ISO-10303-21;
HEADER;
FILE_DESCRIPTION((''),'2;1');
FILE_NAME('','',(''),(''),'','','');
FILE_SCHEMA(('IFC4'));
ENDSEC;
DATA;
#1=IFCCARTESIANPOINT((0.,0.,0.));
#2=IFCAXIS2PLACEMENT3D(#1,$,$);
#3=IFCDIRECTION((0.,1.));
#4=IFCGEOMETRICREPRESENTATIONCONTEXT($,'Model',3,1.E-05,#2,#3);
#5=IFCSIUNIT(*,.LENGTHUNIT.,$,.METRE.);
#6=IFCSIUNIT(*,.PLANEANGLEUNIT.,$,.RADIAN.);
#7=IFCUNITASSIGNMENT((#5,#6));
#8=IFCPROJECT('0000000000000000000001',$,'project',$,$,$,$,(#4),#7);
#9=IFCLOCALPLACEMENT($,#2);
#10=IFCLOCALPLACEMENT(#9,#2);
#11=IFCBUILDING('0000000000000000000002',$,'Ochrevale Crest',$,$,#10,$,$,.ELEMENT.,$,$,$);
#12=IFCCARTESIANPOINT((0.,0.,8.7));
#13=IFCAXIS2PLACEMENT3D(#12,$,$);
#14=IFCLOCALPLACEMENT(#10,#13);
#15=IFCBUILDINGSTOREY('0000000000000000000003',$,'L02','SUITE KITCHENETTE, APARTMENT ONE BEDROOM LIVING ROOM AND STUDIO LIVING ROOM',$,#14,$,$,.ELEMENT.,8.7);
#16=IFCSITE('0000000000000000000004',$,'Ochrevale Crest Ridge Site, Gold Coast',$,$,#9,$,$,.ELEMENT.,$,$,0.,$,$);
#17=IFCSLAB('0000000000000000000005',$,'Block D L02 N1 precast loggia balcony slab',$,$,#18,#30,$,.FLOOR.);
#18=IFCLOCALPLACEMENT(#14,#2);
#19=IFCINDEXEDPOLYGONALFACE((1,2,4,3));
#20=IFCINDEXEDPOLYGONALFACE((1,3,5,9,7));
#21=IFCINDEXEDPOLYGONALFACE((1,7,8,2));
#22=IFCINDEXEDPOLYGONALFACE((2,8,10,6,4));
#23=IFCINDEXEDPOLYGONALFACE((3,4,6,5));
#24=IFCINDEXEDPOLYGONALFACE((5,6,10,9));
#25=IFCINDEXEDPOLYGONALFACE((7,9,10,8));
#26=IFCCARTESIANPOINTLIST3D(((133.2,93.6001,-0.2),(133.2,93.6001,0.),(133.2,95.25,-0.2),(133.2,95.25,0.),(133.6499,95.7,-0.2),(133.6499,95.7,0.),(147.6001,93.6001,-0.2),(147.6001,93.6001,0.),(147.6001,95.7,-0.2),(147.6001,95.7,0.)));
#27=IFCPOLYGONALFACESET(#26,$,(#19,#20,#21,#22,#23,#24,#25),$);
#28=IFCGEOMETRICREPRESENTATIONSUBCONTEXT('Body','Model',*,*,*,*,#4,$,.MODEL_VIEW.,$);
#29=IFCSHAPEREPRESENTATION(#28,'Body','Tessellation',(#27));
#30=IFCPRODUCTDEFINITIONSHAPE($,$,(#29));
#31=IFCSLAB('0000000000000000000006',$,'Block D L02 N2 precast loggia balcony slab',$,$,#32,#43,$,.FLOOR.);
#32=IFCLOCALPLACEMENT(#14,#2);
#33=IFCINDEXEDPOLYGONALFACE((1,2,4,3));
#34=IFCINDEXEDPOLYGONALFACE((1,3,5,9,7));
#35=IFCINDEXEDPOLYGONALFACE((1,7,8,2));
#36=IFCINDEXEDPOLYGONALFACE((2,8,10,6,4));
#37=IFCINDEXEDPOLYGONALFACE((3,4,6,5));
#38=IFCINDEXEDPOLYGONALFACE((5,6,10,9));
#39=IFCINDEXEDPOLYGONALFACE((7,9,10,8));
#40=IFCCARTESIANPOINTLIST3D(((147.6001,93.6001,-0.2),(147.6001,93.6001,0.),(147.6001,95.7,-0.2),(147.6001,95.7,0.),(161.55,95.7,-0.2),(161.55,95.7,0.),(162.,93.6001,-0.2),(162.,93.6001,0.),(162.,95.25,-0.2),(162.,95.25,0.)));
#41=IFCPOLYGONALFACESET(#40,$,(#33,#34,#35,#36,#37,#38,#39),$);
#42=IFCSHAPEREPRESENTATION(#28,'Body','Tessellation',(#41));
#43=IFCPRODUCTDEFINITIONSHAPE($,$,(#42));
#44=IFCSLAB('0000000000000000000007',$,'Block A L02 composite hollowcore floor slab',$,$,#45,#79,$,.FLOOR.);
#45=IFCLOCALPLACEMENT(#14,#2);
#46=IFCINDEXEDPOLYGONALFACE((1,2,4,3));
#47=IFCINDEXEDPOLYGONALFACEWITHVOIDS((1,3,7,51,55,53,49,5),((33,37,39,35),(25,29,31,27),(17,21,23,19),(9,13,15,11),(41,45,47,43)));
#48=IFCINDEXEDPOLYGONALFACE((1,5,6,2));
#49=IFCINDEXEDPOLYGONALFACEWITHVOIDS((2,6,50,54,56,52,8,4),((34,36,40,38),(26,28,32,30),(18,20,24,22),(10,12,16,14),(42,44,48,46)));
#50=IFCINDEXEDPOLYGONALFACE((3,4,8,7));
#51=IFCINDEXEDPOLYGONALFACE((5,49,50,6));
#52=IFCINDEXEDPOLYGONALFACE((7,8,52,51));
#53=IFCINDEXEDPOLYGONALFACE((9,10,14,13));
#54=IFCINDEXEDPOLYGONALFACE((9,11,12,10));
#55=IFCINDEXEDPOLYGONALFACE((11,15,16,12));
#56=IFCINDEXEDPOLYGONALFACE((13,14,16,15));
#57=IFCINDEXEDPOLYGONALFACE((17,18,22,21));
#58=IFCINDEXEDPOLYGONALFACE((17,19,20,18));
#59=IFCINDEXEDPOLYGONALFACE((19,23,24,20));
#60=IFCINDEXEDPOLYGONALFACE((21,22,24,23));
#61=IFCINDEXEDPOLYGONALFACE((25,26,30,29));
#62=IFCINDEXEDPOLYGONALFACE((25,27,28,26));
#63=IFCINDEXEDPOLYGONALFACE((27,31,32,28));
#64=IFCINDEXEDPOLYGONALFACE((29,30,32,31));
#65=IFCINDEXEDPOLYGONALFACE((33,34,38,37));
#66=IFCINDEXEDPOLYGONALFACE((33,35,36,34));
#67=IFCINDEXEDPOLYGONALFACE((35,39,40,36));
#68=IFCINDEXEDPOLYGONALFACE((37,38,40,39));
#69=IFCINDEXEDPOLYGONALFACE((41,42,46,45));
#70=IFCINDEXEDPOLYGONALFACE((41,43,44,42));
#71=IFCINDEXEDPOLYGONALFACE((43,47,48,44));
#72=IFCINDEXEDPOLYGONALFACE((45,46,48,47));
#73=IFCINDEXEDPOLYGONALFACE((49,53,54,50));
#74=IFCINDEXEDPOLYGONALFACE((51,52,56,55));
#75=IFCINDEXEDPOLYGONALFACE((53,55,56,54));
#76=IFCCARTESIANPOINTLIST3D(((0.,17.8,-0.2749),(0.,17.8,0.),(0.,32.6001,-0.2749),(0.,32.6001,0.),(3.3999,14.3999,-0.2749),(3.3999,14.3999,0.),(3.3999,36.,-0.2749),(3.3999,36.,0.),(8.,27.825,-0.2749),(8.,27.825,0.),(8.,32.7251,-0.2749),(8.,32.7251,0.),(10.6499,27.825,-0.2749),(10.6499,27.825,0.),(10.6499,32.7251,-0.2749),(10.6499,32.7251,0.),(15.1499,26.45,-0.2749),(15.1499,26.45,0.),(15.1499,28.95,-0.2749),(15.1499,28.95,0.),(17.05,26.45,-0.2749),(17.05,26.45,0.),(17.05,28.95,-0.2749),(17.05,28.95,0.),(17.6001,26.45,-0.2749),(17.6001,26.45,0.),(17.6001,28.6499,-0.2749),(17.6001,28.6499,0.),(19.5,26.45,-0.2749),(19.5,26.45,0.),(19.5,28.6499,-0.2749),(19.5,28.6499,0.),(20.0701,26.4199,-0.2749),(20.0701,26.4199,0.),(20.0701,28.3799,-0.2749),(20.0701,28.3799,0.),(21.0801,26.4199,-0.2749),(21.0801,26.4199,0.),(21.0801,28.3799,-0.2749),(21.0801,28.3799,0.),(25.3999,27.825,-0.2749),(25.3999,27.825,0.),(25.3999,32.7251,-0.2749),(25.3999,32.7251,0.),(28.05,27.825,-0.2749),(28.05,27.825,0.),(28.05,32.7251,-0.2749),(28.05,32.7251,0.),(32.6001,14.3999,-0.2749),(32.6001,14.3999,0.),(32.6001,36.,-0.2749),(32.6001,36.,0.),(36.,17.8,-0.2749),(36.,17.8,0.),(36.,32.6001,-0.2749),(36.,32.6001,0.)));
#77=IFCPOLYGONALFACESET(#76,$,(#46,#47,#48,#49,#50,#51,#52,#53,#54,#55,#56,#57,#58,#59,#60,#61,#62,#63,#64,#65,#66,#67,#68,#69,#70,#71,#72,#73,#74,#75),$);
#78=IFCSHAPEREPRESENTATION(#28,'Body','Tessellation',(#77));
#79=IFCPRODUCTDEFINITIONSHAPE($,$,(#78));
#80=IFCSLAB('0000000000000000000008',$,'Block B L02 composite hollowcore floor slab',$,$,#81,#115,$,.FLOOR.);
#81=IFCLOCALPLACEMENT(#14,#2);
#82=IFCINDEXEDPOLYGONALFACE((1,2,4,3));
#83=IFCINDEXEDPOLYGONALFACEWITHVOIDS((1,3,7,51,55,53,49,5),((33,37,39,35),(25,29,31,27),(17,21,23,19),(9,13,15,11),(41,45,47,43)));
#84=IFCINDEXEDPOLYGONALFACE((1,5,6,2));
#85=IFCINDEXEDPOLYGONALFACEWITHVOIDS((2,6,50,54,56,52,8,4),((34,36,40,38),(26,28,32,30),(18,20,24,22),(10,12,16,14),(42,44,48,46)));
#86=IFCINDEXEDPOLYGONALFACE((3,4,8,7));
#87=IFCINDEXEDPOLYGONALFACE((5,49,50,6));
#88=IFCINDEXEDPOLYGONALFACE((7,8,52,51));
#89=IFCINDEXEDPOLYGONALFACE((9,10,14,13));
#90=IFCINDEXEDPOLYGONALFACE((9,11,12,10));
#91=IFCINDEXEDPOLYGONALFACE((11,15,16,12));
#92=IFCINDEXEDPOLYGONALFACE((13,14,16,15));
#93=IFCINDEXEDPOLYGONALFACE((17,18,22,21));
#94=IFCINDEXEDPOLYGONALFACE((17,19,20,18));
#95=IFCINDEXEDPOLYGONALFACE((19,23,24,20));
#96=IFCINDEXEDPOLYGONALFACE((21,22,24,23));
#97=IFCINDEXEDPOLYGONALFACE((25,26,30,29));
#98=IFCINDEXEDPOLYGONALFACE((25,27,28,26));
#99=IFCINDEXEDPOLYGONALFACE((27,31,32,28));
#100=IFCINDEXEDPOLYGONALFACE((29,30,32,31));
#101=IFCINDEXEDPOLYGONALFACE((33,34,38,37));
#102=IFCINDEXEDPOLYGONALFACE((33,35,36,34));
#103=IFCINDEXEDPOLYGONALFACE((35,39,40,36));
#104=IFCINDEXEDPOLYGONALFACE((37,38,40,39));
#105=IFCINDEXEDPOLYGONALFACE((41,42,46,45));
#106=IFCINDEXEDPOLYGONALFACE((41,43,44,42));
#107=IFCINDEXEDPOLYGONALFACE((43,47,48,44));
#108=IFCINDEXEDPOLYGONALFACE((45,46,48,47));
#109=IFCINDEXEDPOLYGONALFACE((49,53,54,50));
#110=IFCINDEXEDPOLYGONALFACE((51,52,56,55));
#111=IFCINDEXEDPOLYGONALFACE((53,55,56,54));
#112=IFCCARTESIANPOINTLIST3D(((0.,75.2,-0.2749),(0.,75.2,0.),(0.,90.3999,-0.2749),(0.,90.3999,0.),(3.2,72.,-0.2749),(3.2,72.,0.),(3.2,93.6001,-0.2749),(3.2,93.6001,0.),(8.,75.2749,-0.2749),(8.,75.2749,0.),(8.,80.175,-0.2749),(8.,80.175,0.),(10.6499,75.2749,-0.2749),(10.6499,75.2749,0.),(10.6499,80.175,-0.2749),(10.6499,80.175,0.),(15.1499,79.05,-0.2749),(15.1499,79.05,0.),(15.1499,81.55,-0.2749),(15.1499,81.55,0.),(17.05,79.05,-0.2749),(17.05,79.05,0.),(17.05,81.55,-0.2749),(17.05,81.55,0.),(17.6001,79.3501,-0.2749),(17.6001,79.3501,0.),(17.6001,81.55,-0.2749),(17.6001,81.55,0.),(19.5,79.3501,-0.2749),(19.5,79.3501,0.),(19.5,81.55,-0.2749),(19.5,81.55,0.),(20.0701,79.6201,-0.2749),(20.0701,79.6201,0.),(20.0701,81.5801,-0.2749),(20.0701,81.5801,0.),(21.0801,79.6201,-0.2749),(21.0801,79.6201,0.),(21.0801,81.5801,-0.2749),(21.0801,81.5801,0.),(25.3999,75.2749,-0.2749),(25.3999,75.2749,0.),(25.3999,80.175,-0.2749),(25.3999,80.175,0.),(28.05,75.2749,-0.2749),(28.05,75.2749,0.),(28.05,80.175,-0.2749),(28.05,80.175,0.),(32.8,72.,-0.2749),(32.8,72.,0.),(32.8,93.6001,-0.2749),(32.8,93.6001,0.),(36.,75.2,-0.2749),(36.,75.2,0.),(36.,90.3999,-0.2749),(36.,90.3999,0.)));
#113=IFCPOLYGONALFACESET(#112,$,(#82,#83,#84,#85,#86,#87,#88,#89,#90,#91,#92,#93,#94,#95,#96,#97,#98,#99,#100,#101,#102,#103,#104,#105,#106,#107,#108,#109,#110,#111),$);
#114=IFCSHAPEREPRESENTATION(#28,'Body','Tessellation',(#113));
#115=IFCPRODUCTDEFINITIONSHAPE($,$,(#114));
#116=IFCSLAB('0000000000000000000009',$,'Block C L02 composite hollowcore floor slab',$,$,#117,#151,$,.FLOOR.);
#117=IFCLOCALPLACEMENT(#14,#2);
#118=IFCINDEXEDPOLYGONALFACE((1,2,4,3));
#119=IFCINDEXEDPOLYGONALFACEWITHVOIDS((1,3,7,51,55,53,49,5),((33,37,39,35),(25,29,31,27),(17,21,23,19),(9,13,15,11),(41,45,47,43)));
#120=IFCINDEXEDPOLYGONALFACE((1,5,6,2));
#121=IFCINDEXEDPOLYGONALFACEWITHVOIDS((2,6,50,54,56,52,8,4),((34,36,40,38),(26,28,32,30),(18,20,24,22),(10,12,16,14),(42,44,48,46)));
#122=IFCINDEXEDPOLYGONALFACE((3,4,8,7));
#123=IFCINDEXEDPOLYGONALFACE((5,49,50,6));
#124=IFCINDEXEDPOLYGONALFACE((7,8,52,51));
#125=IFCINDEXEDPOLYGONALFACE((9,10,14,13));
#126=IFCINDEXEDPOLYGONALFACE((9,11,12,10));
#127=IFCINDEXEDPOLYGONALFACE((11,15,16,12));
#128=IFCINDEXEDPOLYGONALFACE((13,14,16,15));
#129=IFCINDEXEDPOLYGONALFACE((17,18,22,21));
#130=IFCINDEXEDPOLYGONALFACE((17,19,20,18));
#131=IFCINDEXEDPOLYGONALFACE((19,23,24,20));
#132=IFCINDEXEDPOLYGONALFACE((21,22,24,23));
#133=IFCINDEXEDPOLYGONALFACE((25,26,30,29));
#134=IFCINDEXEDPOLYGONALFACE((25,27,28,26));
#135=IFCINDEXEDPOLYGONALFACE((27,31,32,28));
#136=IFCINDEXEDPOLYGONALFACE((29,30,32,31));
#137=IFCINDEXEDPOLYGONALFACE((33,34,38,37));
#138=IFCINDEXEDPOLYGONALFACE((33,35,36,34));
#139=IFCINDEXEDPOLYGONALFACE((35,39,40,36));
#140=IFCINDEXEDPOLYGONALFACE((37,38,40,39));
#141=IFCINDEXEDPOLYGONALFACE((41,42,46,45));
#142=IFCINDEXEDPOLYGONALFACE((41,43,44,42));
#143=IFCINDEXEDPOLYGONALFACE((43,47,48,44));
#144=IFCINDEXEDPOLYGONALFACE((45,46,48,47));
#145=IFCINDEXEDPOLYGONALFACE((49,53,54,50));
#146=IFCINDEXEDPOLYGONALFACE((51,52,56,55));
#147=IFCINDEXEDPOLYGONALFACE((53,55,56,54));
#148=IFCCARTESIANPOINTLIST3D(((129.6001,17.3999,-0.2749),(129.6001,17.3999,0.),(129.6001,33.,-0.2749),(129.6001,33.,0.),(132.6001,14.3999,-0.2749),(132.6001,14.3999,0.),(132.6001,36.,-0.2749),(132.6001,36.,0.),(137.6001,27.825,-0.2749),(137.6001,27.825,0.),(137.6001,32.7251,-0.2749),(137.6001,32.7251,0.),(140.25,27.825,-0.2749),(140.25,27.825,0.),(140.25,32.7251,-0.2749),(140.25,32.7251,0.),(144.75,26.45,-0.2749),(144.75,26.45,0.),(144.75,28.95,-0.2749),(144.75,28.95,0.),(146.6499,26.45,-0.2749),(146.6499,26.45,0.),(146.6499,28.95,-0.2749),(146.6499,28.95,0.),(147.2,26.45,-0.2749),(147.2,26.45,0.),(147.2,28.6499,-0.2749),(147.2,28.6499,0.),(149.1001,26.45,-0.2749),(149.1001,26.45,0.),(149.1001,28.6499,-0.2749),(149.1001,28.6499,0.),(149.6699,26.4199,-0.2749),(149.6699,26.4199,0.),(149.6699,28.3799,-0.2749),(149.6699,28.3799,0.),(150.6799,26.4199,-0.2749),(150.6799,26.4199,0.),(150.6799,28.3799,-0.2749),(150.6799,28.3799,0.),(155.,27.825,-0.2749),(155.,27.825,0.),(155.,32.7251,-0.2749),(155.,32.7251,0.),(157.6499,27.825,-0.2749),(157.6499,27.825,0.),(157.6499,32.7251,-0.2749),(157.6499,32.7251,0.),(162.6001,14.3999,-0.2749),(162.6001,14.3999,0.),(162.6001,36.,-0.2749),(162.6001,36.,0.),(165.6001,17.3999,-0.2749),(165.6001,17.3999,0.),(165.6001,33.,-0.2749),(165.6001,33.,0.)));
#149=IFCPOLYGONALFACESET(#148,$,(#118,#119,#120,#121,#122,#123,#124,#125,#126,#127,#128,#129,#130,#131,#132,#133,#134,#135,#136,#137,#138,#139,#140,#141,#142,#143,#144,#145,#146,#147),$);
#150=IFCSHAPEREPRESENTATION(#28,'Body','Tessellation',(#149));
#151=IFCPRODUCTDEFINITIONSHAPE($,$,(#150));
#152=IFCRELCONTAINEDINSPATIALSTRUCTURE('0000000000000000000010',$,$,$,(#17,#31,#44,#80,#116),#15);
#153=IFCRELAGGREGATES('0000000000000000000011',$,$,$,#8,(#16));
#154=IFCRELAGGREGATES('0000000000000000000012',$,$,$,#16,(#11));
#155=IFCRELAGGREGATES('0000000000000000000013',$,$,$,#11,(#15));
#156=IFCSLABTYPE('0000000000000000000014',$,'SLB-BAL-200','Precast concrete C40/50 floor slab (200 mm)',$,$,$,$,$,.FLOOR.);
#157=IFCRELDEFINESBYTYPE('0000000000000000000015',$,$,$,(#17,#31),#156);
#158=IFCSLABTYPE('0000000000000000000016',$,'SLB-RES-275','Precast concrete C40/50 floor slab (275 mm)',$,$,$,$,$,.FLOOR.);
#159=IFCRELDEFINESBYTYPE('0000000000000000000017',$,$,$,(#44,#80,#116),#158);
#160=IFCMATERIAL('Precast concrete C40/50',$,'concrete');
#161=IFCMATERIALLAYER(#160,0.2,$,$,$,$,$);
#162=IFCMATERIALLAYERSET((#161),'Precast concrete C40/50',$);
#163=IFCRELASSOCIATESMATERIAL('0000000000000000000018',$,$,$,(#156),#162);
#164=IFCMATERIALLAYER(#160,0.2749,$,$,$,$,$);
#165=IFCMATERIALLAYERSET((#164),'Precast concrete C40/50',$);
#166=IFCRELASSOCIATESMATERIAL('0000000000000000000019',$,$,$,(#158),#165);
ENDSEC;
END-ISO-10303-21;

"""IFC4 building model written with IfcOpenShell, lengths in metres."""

from ifc_helpers import new_model, si_unit, direction, frame, origin, place, context, subcontext, project, spatial, polyline, outline, extrude, material, layer, layer_set, type_object, element, save


model = new_model("IFC4")

# Units and contexts
model_context = context("Model", 3, precision=1e-05, world=origin(), true_north=direction((0.0, 1.0)))
body_context = subcontext(model_context, "Body", "Model", "MODEL_VIEW")
ifc_project = project(units=[si_unit("LENGTHUNIT", "METRE"), si_unit("PLANEANGLEUNIT", "RADIAN")], contexts=[model_context])

# Site, building, storey
site_placement = place(None, origin())
site = spatial("IfcSite", under=ifc_project, at=site_placement, Name="Ochrevale Crest Ridge Site, Gold Coast", CompositionType="ELEMENT", RefElevation=0.0)
building_placement = place(site_placement, origin())
building = spatial("IfcBuilding", under=site, at=building_placement, Name="Ochrevale Crest", CompositionType="ELEMENT")
storey_placement = place(building_placement, frame((0.0, 0.0, 8.7)))
storey = spatial("IfcBuildingStorey", under=building, at=storey_placement, Name="L02", Description="SUITE KITCHENETTE, APARTMENT ONE BEDROOM LIVING ROOM AND STUDIO LIVING ROOM", CompositionType="ELEMENT", Elevation=8.7)

# Slabs
ifc_material_1 = material(Name="Precast concrete C40/50", Category="concrete")
ifc_layer_1 = layer(ifc_material_1, 0.2)
ifc_layer_set_1 = layer_set([ifc_layer_1], Name="Precast concrete C40/50")
slab_type_1 = type_object("IfcSlabType", Name="SLB-BAL-200", Description="Precast concrete C40/50 floor slab (200 mm)", PredefinedType="FLOOR", material=ifc_layer_set_1)
slab_1_placement = place(storey_placement, frame((0.0, 0.0, -0.2)))
element("IfcSlab", 1, at=slab_1_placement, inside=storey, type_object=slab_type_1, Name="Block D L02 N1 precast loggia balcony slab", PredefinedType="FLOOR", context=body_context, shape_type="SweptSolid", body=[
    extrude(outline(polyline([(133.2, 93.6001), (147.6001, 93.6001), (147.6001, 95.7), (133.6499, 95.7), (133.2, 95.25), (133.2, 93.6001)])), origin(), (0.0, 0.0, 1.0), 0.2),
])
slab_2_placement = place(storey_placement, frame((0.0, 0.0, -0.2)))
element("IfcSlab", 2, at=slab_2_placement, inside=storey, type_object=slab_type_1, Name="Block D L02 N2 precast loggia balcony slab", PredefinedType="FLOOR", context=body_context, shape_type="SweptSolid", body=[
    extrude(outline(polyline([(147.6001, 93.6001), (162.0, 93.6001), (162.0, 95.25), (161.55, 95.7), (147.6001, 95.7), (147.6001, 93.6001)])), origin(), (0.0, 0.0, 1.0), 0.2),
])
ifc_layer_2 = layer(ifc_material_1, 0.2749)
ifc_layer_set_2 = layer_set([ifc_layer_2], Name="Precast concrete C40/50")
slab_type_2 = type_object("IfcSlabType", Name="SLB-RES-275", Description="Precast concrete C40/50 floor slab (275 mm)", PredefinedType="FLOOR", material=ifc_layer_set_2)
slab_3_placement = place(storey_placement, frame((0.0, 0.0, -0.2749)))
element("IfcSlab", 3, at=slab_3_placement, inside=storey, type_object=slab_type_2, Name="Block A L02 composite hollowcore floor slab", PredefinedType="FLOOR", context=body_context, shape_type="SweptSolid", body=[
    extrude(outline(polyline([(3.3999, 14.3999), (32.6001, 14.3999), (36.0, 17.8), (36.0, 32.6001), (32.6001, 36.0), (3.3999, 36.0), (0.0, 32.6001), (0.0, 17.8), (3.3999, 14.3999)]), holes=[polyline([(10.6499, 27.825), (10.6499, 32.7251), (8.0, 32.7251), (8.0, 27.825), (10.6499, 27.825)]), polyline([(28.05, 27.825), (28.05, 32.7251), (25.3999, 32.7251), (25.3999, 27.825), (28.05, 27.825)]), polyline([(15.1499, 26.45), (17.05, 26.45), (17.05, 28.95), (15.1499, 28.95), (15.1499, 26.45)]), polyline([(17.6001, 26.45), (19.5, 26.45), (19.5, 28.6499), (17.6001, 28.6499), (17.6001, 26.45)]), polyline([(20.0701, 26.4199), (21.0801, 26.4199), (21.0801, 28.3799), (20.0701, 28.3799), (20.0701, 26.4199)])]), origin(), (0.0, 0.0, 1.0), 0.2749),
])
slab_4_placement = place(storey_placement, frame((0.0, 0.0, -0.2749)))
element("IfcSlab", 4, at=slab_4_placement, inside=storey, type_object=slab_type_2, Name="Block B L02 composite hollowcore floor slab", PredefinedType="FLOOR", context=body_context, shape_type="SweptSolid", body=[
    extrude(outline(polyline([(3.2, 72.0), (32.8, 72.0), (36.0, 75.2), (36.0, 90.3999), (32.8, 93.6001), (3.2, 93.6001), (0.0, 90.3999), (0.0, 75.2), (3.2, 72.0)]), holes=[polyline([(8.0, 80.175), (8.0, 75.2749), (10.6499, 75.2749), (10.6499, 80.175), (8.0, 80.175)]), polyline([(25.3999, 80.175), (25.3999, 75.2749), (28.05, 75.2749), (28.05, 80.175), (25.3999, 80.175)]), polyline([(15.1499, 79.05), (17.05, 79.05), (17.05, 81.55), (15.1499, 81.55), (15.1499, 79.05)]), polyline([(17.6001, 79.3501), (19.5, 79.3501), (19.5, 81.55), (17.6001, 81.55), (17.6001, 79.3501)]), polyline([(20.0701, 79.6201), (21.0801, 79.6201), (21.0801, 81.5801), (20.0701, 81.5801), (20.0701, 79.6201)])]), origin(), (0.0, 0.0, 1.0), 0.2749),
])
slab_5_placement = place(storey_placement, frame((0.0, 0.0, -0.2749)))
element("IfcSlab", 5, at=slab_5_placement, inside=storey, type_object=slab_type_2, Name="Block C L02 composite hollowcore floor slab", PredefinedType="FLOOR", context=body_context, shape_type="SweptSolid", body=[
    extrude(outline(polyline([(132.6001, 14.3999), (162.6001, 14.3999), (165.6001, 17.3999), (165.6001, 33.0), (162.6001, 36.0), (132.6001, 36.0), (129.6001, 33.0), (129.6001, 17.3999), (132.6001, 14.3999)]), holes=[polyline([(140.25, 27.825), (140.25, 32.7251), (137.6001, 32.7251), (137.6001, 27.825), (140.25, 27.825)]), polyline([(157.6499, 27.825), (157.6499, 32.7251), (155.0, 32.7251), (155.0, 27.825), (157.6499, 27.825)]), polyline([(144.75, 26.45), (146.6499, 26.45), (146.6499, 28.95), (144.75, 28.95), (144.75, 26.45)]), polyline([(147.2, 26.45), (149.1001, 26.45), (149.1001, 28.6499), (147.2, 28.6499), (147.2, 26.45)]), polyline([(149.6699, 26.4199), (150.6799, 26.4199), (150.6799, 28.3799), (149.6699, 28.3799), (149.6699, 26.4199)])]), origin(), (0.0, 0.0, 1.0), 0.2749),
])

save(model, "model.ifc")
